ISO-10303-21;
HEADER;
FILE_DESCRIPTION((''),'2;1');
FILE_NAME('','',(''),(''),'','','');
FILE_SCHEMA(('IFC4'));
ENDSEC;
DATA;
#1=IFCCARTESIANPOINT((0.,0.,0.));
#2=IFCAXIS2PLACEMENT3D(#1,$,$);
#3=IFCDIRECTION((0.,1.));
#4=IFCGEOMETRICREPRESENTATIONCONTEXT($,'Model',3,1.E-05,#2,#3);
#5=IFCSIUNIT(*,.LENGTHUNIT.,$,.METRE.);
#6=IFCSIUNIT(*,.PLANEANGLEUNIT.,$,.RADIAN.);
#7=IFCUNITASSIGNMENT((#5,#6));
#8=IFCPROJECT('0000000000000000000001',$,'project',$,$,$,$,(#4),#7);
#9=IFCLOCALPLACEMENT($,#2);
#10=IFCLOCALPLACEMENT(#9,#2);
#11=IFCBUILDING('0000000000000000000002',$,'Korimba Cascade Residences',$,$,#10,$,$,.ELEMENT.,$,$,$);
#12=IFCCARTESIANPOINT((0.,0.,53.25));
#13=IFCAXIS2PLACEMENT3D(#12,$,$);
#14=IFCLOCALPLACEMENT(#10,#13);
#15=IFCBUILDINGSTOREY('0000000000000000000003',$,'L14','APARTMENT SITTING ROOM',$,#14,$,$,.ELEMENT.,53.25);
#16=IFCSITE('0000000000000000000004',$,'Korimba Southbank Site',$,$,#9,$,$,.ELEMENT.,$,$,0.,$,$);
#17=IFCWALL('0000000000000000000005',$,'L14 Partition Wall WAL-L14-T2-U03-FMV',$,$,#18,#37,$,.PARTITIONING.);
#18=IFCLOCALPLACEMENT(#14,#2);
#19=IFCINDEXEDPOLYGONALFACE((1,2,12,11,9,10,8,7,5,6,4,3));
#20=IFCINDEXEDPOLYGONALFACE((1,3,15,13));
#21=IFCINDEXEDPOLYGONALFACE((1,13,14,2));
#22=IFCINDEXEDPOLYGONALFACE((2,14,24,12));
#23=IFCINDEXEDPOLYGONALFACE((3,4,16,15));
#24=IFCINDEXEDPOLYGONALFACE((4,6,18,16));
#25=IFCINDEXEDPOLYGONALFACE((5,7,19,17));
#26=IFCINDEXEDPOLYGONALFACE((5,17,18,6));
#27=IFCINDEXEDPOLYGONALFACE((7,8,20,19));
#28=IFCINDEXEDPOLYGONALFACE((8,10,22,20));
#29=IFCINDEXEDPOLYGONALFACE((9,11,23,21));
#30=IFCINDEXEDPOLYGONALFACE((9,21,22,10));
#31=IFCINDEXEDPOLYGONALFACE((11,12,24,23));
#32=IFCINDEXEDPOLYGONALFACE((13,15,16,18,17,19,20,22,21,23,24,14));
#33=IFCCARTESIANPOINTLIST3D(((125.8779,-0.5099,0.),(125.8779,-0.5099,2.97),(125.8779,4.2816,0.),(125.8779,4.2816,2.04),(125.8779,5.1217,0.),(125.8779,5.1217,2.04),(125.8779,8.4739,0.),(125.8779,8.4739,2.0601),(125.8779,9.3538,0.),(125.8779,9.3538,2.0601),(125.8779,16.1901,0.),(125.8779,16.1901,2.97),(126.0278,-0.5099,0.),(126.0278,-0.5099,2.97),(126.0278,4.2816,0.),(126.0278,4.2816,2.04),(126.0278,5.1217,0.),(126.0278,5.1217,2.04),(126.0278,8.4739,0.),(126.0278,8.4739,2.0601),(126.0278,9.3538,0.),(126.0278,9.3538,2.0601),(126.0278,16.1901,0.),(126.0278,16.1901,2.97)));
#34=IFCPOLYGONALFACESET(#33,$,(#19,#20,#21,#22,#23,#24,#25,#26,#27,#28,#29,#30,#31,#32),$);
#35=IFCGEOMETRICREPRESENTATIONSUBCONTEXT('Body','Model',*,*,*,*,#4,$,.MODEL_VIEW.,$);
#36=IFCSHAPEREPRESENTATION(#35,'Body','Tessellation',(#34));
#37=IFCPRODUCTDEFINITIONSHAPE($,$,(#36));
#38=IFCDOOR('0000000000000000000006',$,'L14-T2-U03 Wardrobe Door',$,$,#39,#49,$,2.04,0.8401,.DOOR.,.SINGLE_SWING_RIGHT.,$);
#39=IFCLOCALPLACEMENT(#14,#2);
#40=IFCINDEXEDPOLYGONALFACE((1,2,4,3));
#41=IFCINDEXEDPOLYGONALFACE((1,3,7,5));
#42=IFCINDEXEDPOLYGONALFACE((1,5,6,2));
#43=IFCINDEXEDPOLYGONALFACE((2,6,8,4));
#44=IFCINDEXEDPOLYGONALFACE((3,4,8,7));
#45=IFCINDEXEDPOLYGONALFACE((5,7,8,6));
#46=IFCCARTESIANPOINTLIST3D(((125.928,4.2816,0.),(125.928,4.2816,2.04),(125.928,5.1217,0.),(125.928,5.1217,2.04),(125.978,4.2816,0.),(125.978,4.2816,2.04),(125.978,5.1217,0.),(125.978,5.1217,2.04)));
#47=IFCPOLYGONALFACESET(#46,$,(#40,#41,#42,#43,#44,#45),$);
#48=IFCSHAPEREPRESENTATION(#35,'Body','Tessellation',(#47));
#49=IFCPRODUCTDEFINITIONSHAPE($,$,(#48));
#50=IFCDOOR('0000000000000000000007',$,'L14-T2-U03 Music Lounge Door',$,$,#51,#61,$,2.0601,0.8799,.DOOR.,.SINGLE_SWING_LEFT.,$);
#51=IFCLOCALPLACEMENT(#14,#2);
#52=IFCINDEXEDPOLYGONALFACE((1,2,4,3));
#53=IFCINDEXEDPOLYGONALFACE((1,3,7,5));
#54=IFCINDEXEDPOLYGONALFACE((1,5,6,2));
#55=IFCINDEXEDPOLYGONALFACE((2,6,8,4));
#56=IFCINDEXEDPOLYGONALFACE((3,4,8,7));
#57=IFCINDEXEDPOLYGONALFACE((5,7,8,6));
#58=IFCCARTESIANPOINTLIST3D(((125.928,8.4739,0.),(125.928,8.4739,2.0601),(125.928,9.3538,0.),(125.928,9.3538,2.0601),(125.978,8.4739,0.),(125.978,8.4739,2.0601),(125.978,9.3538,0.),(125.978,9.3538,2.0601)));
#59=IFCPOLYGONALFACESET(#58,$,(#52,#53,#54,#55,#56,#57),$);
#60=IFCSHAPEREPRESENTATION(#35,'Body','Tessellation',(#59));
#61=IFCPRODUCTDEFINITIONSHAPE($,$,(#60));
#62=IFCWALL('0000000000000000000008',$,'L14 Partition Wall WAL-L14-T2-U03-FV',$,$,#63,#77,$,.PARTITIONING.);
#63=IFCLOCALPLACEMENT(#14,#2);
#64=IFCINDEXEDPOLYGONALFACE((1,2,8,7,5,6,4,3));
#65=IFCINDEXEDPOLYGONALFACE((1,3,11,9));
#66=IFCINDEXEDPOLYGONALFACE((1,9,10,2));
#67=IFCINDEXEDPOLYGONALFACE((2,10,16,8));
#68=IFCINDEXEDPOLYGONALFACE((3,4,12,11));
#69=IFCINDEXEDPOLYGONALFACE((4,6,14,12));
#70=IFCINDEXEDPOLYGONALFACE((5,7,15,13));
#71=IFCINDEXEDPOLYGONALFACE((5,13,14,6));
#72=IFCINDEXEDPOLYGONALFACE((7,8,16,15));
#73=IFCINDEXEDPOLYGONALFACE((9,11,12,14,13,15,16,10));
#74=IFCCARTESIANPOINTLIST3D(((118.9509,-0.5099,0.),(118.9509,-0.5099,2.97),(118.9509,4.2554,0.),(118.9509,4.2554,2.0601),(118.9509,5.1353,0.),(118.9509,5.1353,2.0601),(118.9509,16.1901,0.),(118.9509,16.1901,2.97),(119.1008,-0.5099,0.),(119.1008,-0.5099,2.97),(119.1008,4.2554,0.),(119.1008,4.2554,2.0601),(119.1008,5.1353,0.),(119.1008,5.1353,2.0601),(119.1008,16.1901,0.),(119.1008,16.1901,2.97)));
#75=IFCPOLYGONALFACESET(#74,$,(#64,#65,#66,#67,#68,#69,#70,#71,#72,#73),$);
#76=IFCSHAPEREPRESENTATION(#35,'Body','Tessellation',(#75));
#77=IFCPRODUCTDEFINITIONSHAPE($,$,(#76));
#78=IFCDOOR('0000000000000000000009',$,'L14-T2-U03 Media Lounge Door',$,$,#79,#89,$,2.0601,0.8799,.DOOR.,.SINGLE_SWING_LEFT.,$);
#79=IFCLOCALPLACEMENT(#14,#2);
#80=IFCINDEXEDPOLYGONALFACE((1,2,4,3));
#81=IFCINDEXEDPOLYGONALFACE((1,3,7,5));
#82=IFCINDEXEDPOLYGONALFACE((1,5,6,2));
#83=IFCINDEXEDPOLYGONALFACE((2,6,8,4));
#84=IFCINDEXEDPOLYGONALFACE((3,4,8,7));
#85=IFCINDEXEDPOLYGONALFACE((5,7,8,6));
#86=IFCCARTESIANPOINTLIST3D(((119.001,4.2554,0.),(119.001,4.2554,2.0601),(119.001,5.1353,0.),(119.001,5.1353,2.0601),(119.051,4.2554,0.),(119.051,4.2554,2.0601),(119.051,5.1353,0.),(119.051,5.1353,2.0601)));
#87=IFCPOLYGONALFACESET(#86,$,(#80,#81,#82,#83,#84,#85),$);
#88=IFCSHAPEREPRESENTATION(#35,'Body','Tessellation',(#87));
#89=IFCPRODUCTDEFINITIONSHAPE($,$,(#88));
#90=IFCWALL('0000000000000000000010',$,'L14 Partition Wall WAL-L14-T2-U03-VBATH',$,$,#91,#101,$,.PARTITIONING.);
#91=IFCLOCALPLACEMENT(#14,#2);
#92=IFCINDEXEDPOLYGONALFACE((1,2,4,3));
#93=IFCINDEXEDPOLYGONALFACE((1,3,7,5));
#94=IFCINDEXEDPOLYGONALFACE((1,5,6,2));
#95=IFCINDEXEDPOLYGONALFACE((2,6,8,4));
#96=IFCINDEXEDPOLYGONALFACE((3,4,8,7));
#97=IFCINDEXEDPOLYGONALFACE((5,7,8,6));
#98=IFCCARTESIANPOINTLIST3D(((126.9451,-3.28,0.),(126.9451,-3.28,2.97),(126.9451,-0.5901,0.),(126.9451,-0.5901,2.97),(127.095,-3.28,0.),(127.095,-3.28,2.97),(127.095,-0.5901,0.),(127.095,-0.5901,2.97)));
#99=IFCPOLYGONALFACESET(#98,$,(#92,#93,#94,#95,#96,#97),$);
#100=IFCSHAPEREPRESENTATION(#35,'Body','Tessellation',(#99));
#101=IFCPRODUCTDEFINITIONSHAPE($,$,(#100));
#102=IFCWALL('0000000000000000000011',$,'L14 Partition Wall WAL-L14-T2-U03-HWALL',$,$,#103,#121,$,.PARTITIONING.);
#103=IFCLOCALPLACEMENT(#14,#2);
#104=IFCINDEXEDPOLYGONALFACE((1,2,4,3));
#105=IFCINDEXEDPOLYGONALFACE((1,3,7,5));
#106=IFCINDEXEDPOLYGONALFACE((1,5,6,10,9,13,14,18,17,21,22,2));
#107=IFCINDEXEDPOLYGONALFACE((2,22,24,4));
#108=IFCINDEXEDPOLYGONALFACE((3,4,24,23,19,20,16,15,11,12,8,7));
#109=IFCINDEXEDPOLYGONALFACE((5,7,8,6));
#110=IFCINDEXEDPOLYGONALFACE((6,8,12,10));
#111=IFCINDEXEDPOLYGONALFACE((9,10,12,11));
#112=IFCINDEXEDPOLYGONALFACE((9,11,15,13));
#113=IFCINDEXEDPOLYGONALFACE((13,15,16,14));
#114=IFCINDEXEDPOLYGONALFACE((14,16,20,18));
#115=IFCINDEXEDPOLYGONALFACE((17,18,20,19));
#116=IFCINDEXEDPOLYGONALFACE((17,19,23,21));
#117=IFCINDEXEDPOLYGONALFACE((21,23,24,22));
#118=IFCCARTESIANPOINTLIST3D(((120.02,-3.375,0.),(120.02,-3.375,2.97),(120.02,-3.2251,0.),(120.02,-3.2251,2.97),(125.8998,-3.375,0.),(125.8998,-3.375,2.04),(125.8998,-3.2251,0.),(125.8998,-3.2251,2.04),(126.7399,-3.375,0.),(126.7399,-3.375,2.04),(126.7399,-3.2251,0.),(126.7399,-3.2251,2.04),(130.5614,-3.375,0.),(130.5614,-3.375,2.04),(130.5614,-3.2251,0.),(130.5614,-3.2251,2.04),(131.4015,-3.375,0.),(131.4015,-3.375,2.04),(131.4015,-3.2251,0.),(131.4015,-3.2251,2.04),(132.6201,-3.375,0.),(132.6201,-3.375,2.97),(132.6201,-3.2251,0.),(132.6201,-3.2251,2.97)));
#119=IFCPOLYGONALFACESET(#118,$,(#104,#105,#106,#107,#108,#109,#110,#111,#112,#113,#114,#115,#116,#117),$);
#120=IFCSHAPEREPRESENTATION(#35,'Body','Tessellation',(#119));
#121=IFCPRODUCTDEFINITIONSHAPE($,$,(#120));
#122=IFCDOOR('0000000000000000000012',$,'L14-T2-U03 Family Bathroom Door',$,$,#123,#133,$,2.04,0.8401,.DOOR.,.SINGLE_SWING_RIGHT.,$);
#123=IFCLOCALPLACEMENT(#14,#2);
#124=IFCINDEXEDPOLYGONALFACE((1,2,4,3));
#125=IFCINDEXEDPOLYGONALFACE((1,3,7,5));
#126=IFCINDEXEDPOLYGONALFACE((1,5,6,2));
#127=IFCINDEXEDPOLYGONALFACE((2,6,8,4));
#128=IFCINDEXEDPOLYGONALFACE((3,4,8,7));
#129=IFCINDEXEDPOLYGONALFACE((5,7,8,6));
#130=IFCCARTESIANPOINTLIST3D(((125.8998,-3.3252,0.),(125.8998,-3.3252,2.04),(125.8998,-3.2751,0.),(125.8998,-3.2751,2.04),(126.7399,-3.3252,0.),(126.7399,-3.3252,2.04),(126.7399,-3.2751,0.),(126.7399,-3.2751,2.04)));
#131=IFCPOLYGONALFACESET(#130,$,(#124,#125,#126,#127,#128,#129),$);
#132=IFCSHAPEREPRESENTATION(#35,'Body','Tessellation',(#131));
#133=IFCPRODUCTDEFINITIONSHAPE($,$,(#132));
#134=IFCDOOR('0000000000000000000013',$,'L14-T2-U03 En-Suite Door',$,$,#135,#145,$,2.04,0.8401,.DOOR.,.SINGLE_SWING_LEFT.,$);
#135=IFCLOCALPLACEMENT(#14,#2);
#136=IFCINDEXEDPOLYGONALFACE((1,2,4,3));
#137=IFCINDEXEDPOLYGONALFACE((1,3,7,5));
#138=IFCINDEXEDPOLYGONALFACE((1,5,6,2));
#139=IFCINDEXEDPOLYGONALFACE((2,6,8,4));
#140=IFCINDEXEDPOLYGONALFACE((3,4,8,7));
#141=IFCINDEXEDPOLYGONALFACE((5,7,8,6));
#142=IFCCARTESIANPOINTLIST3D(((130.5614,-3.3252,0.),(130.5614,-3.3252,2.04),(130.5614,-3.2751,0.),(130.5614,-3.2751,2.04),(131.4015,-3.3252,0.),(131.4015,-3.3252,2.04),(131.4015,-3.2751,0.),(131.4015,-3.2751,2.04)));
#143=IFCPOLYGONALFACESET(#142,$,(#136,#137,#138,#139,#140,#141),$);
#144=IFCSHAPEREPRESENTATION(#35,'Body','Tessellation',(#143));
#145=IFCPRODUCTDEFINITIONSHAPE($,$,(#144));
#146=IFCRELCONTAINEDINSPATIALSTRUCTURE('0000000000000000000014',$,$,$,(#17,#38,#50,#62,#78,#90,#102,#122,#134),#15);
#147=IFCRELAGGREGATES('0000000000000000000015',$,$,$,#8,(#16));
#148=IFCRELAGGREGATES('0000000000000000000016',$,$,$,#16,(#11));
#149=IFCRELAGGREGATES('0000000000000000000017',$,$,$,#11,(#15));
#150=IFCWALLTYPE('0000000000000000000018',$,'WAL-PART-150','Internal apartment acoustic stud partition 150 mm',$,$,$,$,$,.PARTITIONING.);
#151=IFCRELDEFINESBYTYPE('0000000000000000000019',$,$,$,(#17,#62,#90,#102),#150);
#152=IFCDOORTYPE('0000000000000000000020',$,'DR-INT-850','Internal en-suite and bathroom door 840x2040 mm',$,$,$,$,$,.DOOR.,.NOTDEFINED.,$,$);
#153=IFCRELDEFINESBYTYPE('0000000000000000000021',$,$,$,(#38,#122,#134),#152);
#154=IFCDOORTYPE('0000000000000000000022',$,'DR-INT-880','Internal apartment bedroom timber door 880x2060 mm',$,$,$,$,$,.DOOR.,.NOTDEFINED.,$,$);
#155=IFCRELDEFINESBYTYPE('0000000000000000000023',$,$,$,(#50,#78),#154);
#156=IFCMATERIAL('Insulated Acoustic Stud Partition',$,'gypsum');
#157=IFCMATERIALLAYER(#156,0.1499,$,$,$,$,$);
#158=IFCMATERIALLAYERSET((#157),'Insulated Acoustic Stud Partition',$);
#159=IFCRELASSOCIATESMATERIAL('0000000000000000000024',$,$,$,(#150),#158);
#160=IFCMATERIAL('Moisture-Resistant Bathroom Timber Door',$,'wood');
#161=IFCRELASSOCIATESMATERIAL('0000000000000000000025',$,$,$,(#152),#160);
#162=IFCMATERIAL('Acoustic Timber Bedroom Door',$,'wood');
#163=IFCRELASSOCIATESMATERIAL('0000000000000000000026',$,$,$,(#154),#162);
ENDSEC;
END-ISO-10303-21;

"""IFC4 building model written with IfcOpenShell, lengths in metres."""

from ifc_helpers import new_model, si_unit, direction, frame, frame_2d, origin, place, context, subcontext, project, spatial, rectangle, extrude, material, layer, layer_set, type_object, element, fill, save


model = new_model("IFC4")

# Units and contexts
model_context = context("Model", 3, precision=1e-05, world=origin(), true_north=direction((0.0, 1.0)))
body_context = subcontext(model_context, "Body", "Model", "MODEL_VIEW")
ifc_project = project(units=[si_unit("LENGTHUNIT", "METRE"), si_unit("PLANEANGLEUNIT", "RADIAN")], contexts=[model_context])

# Site, building, storey
site_placement = place(None, origin())
site = spatial("IfcSite", under=ifc_project, at=site_placement, Name="Korimba Southbank Site", CompositionType="ELEMENT", RefElevation=0.0)
building_placement = place(site_placement, origin())
building = spatial("IfcBuilding", under=site, at=building_placement, Name="Korimba Cascade Residences", CompositionType="ELEMENT")
storey_placement = place(building_placement, frame((0.0, 0.0, 53.25)))
storey = spatial("IfcBuildingStorey", under=building, at=storey_placement, Name="L14", Description="APARTMENT SITTING ROOM", CompositionType="ELEMENT", Elevation=53.25)

# Wall, openings, doors
ifc_material_1 = material(Name="Insulated Acoustic Stud Partition", Category="gypsum")
ifc_layer = layer(ifc_material_1, 0.1499)
ifc_layer_set = layer_set([ifc_layer], Name="Insulated Acoustic Stud Partition")
wall_type = type_object("IfcWallType", Name="WAL-PART-150", Description="Internal apartment acoustic stud partition 150 mm", PredefinedType="PARTITIONING", material=ifc_layer_set)
wall_1_placement = place(storey_placement, frame((125.9529, -0.51, 0.0), z_axis=(0.0, 0.0, 1.0), x_axis=(0.0, 1.0, 0.0)))
wall_1 = element("IfcWall", 1, at=wall_1_placement, inside=storey, type_object=wall_type, Name="L14 Partition Wall WAL-L14-T2-U03-FMV", PredefinedType="PARTITIONING", context=body_context, shape_type="SweptSolid", body=[
    extrude(rectangle(XDim=16.7, YDim=0.1499, at=frame_2d((8.3501, 0.0))), origin(), (0.0, 0.0, 1.0), 2.97),
])
opening_1_placement = place(wall_1_placement, frame((4.7917, 0.0, 0.0)))
opening_1 = element("IfcOpeningElement", 2, at=opening_1_placement, cuts=wall_1, PredefinedType="OPENING", context=body_context, shape_type="SweptSolid", body=[
    extrude(rectangle(XDim=0.8401, YDim=2.04, at=frame_2d((0.4199, 1.02))), frame((0.0, 0.085, 0.0), z_axis=(0.0, -1.0, 0.0), x_axis=(1.0, 0.0, 0.0)), (0.0, 0.0, 1.0), 0.1699),
])
opening_2_placement = place(wall_1_placement, frame((8.9839, 0.0, 0.0)))
opening_2 = element("IfcOpeningElement", 3, at=opening_2_placement, cuts=wall_1, PredefinedType="OPENING", context=body_context, shape_type="SweptSolid", body=[
    extrude(rectangle(XDim=0.8799, YDim=2.0601, at=frame_2d((0.4399, 1.03))), frame((0.0, 0.085, 0.0), z_axis=(0.0, -1.0, 0.0), x_axis=(1.0, 0.0, 0.0)), (0.0, 0.0, 1.0), 0.1699),
])
ifc_material_2 = material(Name="Moisture-Resistant Bathroom Timber Door", Category="wood")
door_type_1 = type_object("IfcDoorType", Name="DR-INT-850", Description="Internal en-suite and bathroom door 840x2040 mm", OperationType="NOTDEFINED", PredefinedType="DOOR", material=ifc_material_2)
door_1_placement = place(opening_1_placement, origin())
door_1 = element("IfcDoor", 4, at=door_1_placement, inside=storey, type_object=door_type_1, Name="L14-T2-U03 Wardrobe Door", OperationType="SINGLE_SWING_RIGHT", OverallHeight=2.04, OverallWidth=0.8401, PredefinedType="DOOR", context=body_context, shape_type="SweptSolid", body=[
    extrude(rectangle(XDim=0.8401, YDim=2.04, at=frame_2d((0.4199, 1.02))), frame((0.0, 0.0249, 0.0), z_axis=(0.0, -1.0, 0.0), x_axis=(1.0, 0.0, 0.0)), (0.0, 0.0, 1.0), 0.05),
])
fill(opening_1, door_1)
ifc_material_3 = material(Name="Acoustic Timber Bedroom Door", Category="wood")
door_type_2 = type_object("IfcDoorType", Name="DR-INT-880", Description="Internal apartment bedroom timber door 880x2060 mm", OperationType="NOTDEFINED", PredefinedType="DOOR", material=ifc_material_3)
door_2_placement = place(opening_2_placement, origin())
door_2 = element("IfcDoor", 5, at=door_2_placement, inside=storey, type_object=door_type_2, Name="L14-T2-U03 Music Lounge Door", OperationType="SINGLE_SWING_LEFT", OverallHeight=2.0601, OverallWidth=0.8799, PredefinedType="DOOR", context=body_context, shape_type="SweptSolid", body=[
    extrude(rectangle(XDim=0.8799, YDim=2.0601, at=frame_2d((0.4399, 1.03))), frame((0.0, 0.0249, 0.0), z_axis=(0.0, -1.0, 0.0), x_axis=(1.0, 0.0, 0.0)), (0.0, 0.0, 1.0), 0.05),
])
fill(opening_2, door_2)

# Wall, opening, door
wall_2_placement = place(storey_placement, frame((119.0259, -0.51, 0.0), z_axis=(0.0, 0.0, 1.0), x_axis=(0.0, 1.0, 0.0)))
wall_2 = element("IfcWall", 6, at=wall_2_placement, inside=storey, type_object=wall_type, Name="L14 Partition Wall WAL-L14-T2-U03-FV", PredefinedType="PARTITIONING", context=body_context, shape_type="SweptSolid", body=[
    extrude(rectangle(XDim=16.7, YDim=0.1499, at=frame_2d((8.3501, 0.0))), origin(), (0.0, 0.0, 1.0), 2.97),
])
opening_3_placement = place(wall_2_placement, frame((4.7654, 0.0, 0.0)))
opening_3 = element("IfcOpeningElement", 7, at=opening_3_placement, cuts=wall_2, PredefinedType="OPENING", context=body_context, shape_type="SweptSolid", body=[
    extrude(rectangle(XDim=0.8799, YDim=2.0601, at=frame_2d((0.4399, 1.03))), frame((0.0, 0.085, 0.0), z_axis=(0.0, -1.0, 0.0), x_axis=(1.0, 0.0, 0.0)), (0.0, 0.0, 1.0), 0.1699),
])
door_3_placement = place(opening_3_placement, origin())
door_3 = element("IfcDoor", 8, at=door_3_placement, inside=storey, type_object=door_type_2, Name="L14-T2-U03 Media Lounge Door", OperationType="SINGLE_SWING_LEFT", OverallHeight=2.0601, OverallWidth=0.8799, PredefinedType="DOOR", context=body_context, shape_type="SweptSolid", body=[
    extrude(rectangle(XDim=0.8799, YDim=2.0601, at=frame_2d((0.4399, 1.03))), frame((0.0, 0.0249, 0.0), z_axis=(0.0, -1.0, 0.0), x_axis=(1.0, 0.0, 0.0)), (0.0, 0.0, 1.0), 0.05),
])
fill(opening_3, door_3)

# Wall
wall_3_placement = place(storey_placement, frame((127.02, -3.28, 0.0), z_axis=(0.0, 0.0, 1.0), x_axis=(0.0, 1.0, 0.0)))
element("IfcWall", 9, at=wall_3_placement, inside=storey, type_object=wall_type, Name="L14 Partition Wall WAL-L14-T2-U03-VBATH", PredefinedType="PARTITIONING", context=body_context, shape_type="SweptSolid", body=[
    extrude(rectangle(XDim=2.6899, YDim=0.1499, at=frame_2d((1.345, 0.0))), origin(), (0.0, 0.0, 1.0), 2.97),
])

# Wall, openings, doors
wall_4_placement = place(storey_placement, frame((120.02, -3.3, 0.0), z_axis=(0.0, 0.0, 1.0), x_axis=(1.0, 0.0, 0.0)))
wall_4 = element("IfcWall", 10, at=wall_4_placement, inside=storey, type_object=wall_type, Name="L14 Partition Wall WAL-L14-T2-U03-HWALL", PredefinedType="PARTITIONING", context=body_context, shape_type="SweptSolid", body=[
    extrude(rectangle(XDim=12.6001, YDim=0.1499, at=frame_2d((6.3, 0.0))), origin(), (0.0, 0.0, 1.0), 2.97),
])
opening_4_placement = place(wall_4_placement, frame((5.8799, 0.0, 0.0)))
opening_4 = element("IfcOpeningElement", 11, at=opening_4_placement, cuts=wall_4, PredefinedType="OPENING", context=body_context, shape_type="SweptSolid", body=[
    extrude(rectangle(XDim=0.8401, YDim=2.04, at=frame_2d((0.4199, 1.02))), frame((0.0, 0.085, 0.0), z_axis=(0.0, -1.0, 0.0), x_axis=(1.0, 0.0, 0.0)), (0.0, 0.0, 1.0), 0.1699),
])
opening_5_placement = place(wall_4_placement, frame((10.5415, 0.0, 0.0)))
opening_5 = element("IfcOpeningElement", 12, at=opening_5_placement, cuts=wall_4, PredefinedType="OPENING", context=body_context, shape_type="SweptSolid", body=[
    extrude(rectangle(XDim=0.8401, YDim=2.04, at=frame_2d((0.4199, 1.02))), frame((0.0, 0.085, 0.0), z_axis=(0.0, -1.0, 0.0), x_axis=(1.0, 0.0, 0.0)), (0.0, 0.0, 1.0), 0.1699),
])
door_4_placement = place(opening_4_placement, origin())
door_4 = element("IfcDoor", 13, at=door_4_placement, inside=storey, type_object=door_type_1, Name="L14-T2-U03 Family Bathroom Door", OperationType="SINGLE_SWING_RIGHT", OverallHeight=2.04, OverallWidth=0.8401, PredefinedType="DOOR", context=body_context, shape_type="SweptSolid", body=[
    extrude(rectangle(XDim=0.8401, YDim=2.04, at=frame_2d((0.4199, 1.02))), frame((0.0, 0.0249, 0.0), z_axis=(0.0, -1.0, 0.0), x_axis=(1.0, 0.0, 0.0)), (0.0, 0.0, 1.0), 0.05),
])
fill(opening_4, door_4)
door_5_placement = place(opening_5_placement, origin())
door_5 = element("IfcDoor", 14, at=door_5_placement, inside=storey, type_object=door_type_1, Name="L14-T2-U03 En-Suite Door", OperationType="SINGLE_SWING_LEFT", OverallHeight=2.04, OverallWidth=0.8401, PredefinedType="DOOR", context=body_context, shape_type="SweptSolid", body=[
    extrude(rectangle(XDim=0.8401, YDim=2.04, at=frame_2d((0.4199, 1.02))), frame((0.0, 0.0249, 0.0), z_axis=(0.0, -1.0, 0.0), x_axis=(1.0, 0.0, 0.0)), (0.0, 0.0, 1.0), 0.05),
])
fill(opening_5, door_5)

save(model, "model.ifc")
